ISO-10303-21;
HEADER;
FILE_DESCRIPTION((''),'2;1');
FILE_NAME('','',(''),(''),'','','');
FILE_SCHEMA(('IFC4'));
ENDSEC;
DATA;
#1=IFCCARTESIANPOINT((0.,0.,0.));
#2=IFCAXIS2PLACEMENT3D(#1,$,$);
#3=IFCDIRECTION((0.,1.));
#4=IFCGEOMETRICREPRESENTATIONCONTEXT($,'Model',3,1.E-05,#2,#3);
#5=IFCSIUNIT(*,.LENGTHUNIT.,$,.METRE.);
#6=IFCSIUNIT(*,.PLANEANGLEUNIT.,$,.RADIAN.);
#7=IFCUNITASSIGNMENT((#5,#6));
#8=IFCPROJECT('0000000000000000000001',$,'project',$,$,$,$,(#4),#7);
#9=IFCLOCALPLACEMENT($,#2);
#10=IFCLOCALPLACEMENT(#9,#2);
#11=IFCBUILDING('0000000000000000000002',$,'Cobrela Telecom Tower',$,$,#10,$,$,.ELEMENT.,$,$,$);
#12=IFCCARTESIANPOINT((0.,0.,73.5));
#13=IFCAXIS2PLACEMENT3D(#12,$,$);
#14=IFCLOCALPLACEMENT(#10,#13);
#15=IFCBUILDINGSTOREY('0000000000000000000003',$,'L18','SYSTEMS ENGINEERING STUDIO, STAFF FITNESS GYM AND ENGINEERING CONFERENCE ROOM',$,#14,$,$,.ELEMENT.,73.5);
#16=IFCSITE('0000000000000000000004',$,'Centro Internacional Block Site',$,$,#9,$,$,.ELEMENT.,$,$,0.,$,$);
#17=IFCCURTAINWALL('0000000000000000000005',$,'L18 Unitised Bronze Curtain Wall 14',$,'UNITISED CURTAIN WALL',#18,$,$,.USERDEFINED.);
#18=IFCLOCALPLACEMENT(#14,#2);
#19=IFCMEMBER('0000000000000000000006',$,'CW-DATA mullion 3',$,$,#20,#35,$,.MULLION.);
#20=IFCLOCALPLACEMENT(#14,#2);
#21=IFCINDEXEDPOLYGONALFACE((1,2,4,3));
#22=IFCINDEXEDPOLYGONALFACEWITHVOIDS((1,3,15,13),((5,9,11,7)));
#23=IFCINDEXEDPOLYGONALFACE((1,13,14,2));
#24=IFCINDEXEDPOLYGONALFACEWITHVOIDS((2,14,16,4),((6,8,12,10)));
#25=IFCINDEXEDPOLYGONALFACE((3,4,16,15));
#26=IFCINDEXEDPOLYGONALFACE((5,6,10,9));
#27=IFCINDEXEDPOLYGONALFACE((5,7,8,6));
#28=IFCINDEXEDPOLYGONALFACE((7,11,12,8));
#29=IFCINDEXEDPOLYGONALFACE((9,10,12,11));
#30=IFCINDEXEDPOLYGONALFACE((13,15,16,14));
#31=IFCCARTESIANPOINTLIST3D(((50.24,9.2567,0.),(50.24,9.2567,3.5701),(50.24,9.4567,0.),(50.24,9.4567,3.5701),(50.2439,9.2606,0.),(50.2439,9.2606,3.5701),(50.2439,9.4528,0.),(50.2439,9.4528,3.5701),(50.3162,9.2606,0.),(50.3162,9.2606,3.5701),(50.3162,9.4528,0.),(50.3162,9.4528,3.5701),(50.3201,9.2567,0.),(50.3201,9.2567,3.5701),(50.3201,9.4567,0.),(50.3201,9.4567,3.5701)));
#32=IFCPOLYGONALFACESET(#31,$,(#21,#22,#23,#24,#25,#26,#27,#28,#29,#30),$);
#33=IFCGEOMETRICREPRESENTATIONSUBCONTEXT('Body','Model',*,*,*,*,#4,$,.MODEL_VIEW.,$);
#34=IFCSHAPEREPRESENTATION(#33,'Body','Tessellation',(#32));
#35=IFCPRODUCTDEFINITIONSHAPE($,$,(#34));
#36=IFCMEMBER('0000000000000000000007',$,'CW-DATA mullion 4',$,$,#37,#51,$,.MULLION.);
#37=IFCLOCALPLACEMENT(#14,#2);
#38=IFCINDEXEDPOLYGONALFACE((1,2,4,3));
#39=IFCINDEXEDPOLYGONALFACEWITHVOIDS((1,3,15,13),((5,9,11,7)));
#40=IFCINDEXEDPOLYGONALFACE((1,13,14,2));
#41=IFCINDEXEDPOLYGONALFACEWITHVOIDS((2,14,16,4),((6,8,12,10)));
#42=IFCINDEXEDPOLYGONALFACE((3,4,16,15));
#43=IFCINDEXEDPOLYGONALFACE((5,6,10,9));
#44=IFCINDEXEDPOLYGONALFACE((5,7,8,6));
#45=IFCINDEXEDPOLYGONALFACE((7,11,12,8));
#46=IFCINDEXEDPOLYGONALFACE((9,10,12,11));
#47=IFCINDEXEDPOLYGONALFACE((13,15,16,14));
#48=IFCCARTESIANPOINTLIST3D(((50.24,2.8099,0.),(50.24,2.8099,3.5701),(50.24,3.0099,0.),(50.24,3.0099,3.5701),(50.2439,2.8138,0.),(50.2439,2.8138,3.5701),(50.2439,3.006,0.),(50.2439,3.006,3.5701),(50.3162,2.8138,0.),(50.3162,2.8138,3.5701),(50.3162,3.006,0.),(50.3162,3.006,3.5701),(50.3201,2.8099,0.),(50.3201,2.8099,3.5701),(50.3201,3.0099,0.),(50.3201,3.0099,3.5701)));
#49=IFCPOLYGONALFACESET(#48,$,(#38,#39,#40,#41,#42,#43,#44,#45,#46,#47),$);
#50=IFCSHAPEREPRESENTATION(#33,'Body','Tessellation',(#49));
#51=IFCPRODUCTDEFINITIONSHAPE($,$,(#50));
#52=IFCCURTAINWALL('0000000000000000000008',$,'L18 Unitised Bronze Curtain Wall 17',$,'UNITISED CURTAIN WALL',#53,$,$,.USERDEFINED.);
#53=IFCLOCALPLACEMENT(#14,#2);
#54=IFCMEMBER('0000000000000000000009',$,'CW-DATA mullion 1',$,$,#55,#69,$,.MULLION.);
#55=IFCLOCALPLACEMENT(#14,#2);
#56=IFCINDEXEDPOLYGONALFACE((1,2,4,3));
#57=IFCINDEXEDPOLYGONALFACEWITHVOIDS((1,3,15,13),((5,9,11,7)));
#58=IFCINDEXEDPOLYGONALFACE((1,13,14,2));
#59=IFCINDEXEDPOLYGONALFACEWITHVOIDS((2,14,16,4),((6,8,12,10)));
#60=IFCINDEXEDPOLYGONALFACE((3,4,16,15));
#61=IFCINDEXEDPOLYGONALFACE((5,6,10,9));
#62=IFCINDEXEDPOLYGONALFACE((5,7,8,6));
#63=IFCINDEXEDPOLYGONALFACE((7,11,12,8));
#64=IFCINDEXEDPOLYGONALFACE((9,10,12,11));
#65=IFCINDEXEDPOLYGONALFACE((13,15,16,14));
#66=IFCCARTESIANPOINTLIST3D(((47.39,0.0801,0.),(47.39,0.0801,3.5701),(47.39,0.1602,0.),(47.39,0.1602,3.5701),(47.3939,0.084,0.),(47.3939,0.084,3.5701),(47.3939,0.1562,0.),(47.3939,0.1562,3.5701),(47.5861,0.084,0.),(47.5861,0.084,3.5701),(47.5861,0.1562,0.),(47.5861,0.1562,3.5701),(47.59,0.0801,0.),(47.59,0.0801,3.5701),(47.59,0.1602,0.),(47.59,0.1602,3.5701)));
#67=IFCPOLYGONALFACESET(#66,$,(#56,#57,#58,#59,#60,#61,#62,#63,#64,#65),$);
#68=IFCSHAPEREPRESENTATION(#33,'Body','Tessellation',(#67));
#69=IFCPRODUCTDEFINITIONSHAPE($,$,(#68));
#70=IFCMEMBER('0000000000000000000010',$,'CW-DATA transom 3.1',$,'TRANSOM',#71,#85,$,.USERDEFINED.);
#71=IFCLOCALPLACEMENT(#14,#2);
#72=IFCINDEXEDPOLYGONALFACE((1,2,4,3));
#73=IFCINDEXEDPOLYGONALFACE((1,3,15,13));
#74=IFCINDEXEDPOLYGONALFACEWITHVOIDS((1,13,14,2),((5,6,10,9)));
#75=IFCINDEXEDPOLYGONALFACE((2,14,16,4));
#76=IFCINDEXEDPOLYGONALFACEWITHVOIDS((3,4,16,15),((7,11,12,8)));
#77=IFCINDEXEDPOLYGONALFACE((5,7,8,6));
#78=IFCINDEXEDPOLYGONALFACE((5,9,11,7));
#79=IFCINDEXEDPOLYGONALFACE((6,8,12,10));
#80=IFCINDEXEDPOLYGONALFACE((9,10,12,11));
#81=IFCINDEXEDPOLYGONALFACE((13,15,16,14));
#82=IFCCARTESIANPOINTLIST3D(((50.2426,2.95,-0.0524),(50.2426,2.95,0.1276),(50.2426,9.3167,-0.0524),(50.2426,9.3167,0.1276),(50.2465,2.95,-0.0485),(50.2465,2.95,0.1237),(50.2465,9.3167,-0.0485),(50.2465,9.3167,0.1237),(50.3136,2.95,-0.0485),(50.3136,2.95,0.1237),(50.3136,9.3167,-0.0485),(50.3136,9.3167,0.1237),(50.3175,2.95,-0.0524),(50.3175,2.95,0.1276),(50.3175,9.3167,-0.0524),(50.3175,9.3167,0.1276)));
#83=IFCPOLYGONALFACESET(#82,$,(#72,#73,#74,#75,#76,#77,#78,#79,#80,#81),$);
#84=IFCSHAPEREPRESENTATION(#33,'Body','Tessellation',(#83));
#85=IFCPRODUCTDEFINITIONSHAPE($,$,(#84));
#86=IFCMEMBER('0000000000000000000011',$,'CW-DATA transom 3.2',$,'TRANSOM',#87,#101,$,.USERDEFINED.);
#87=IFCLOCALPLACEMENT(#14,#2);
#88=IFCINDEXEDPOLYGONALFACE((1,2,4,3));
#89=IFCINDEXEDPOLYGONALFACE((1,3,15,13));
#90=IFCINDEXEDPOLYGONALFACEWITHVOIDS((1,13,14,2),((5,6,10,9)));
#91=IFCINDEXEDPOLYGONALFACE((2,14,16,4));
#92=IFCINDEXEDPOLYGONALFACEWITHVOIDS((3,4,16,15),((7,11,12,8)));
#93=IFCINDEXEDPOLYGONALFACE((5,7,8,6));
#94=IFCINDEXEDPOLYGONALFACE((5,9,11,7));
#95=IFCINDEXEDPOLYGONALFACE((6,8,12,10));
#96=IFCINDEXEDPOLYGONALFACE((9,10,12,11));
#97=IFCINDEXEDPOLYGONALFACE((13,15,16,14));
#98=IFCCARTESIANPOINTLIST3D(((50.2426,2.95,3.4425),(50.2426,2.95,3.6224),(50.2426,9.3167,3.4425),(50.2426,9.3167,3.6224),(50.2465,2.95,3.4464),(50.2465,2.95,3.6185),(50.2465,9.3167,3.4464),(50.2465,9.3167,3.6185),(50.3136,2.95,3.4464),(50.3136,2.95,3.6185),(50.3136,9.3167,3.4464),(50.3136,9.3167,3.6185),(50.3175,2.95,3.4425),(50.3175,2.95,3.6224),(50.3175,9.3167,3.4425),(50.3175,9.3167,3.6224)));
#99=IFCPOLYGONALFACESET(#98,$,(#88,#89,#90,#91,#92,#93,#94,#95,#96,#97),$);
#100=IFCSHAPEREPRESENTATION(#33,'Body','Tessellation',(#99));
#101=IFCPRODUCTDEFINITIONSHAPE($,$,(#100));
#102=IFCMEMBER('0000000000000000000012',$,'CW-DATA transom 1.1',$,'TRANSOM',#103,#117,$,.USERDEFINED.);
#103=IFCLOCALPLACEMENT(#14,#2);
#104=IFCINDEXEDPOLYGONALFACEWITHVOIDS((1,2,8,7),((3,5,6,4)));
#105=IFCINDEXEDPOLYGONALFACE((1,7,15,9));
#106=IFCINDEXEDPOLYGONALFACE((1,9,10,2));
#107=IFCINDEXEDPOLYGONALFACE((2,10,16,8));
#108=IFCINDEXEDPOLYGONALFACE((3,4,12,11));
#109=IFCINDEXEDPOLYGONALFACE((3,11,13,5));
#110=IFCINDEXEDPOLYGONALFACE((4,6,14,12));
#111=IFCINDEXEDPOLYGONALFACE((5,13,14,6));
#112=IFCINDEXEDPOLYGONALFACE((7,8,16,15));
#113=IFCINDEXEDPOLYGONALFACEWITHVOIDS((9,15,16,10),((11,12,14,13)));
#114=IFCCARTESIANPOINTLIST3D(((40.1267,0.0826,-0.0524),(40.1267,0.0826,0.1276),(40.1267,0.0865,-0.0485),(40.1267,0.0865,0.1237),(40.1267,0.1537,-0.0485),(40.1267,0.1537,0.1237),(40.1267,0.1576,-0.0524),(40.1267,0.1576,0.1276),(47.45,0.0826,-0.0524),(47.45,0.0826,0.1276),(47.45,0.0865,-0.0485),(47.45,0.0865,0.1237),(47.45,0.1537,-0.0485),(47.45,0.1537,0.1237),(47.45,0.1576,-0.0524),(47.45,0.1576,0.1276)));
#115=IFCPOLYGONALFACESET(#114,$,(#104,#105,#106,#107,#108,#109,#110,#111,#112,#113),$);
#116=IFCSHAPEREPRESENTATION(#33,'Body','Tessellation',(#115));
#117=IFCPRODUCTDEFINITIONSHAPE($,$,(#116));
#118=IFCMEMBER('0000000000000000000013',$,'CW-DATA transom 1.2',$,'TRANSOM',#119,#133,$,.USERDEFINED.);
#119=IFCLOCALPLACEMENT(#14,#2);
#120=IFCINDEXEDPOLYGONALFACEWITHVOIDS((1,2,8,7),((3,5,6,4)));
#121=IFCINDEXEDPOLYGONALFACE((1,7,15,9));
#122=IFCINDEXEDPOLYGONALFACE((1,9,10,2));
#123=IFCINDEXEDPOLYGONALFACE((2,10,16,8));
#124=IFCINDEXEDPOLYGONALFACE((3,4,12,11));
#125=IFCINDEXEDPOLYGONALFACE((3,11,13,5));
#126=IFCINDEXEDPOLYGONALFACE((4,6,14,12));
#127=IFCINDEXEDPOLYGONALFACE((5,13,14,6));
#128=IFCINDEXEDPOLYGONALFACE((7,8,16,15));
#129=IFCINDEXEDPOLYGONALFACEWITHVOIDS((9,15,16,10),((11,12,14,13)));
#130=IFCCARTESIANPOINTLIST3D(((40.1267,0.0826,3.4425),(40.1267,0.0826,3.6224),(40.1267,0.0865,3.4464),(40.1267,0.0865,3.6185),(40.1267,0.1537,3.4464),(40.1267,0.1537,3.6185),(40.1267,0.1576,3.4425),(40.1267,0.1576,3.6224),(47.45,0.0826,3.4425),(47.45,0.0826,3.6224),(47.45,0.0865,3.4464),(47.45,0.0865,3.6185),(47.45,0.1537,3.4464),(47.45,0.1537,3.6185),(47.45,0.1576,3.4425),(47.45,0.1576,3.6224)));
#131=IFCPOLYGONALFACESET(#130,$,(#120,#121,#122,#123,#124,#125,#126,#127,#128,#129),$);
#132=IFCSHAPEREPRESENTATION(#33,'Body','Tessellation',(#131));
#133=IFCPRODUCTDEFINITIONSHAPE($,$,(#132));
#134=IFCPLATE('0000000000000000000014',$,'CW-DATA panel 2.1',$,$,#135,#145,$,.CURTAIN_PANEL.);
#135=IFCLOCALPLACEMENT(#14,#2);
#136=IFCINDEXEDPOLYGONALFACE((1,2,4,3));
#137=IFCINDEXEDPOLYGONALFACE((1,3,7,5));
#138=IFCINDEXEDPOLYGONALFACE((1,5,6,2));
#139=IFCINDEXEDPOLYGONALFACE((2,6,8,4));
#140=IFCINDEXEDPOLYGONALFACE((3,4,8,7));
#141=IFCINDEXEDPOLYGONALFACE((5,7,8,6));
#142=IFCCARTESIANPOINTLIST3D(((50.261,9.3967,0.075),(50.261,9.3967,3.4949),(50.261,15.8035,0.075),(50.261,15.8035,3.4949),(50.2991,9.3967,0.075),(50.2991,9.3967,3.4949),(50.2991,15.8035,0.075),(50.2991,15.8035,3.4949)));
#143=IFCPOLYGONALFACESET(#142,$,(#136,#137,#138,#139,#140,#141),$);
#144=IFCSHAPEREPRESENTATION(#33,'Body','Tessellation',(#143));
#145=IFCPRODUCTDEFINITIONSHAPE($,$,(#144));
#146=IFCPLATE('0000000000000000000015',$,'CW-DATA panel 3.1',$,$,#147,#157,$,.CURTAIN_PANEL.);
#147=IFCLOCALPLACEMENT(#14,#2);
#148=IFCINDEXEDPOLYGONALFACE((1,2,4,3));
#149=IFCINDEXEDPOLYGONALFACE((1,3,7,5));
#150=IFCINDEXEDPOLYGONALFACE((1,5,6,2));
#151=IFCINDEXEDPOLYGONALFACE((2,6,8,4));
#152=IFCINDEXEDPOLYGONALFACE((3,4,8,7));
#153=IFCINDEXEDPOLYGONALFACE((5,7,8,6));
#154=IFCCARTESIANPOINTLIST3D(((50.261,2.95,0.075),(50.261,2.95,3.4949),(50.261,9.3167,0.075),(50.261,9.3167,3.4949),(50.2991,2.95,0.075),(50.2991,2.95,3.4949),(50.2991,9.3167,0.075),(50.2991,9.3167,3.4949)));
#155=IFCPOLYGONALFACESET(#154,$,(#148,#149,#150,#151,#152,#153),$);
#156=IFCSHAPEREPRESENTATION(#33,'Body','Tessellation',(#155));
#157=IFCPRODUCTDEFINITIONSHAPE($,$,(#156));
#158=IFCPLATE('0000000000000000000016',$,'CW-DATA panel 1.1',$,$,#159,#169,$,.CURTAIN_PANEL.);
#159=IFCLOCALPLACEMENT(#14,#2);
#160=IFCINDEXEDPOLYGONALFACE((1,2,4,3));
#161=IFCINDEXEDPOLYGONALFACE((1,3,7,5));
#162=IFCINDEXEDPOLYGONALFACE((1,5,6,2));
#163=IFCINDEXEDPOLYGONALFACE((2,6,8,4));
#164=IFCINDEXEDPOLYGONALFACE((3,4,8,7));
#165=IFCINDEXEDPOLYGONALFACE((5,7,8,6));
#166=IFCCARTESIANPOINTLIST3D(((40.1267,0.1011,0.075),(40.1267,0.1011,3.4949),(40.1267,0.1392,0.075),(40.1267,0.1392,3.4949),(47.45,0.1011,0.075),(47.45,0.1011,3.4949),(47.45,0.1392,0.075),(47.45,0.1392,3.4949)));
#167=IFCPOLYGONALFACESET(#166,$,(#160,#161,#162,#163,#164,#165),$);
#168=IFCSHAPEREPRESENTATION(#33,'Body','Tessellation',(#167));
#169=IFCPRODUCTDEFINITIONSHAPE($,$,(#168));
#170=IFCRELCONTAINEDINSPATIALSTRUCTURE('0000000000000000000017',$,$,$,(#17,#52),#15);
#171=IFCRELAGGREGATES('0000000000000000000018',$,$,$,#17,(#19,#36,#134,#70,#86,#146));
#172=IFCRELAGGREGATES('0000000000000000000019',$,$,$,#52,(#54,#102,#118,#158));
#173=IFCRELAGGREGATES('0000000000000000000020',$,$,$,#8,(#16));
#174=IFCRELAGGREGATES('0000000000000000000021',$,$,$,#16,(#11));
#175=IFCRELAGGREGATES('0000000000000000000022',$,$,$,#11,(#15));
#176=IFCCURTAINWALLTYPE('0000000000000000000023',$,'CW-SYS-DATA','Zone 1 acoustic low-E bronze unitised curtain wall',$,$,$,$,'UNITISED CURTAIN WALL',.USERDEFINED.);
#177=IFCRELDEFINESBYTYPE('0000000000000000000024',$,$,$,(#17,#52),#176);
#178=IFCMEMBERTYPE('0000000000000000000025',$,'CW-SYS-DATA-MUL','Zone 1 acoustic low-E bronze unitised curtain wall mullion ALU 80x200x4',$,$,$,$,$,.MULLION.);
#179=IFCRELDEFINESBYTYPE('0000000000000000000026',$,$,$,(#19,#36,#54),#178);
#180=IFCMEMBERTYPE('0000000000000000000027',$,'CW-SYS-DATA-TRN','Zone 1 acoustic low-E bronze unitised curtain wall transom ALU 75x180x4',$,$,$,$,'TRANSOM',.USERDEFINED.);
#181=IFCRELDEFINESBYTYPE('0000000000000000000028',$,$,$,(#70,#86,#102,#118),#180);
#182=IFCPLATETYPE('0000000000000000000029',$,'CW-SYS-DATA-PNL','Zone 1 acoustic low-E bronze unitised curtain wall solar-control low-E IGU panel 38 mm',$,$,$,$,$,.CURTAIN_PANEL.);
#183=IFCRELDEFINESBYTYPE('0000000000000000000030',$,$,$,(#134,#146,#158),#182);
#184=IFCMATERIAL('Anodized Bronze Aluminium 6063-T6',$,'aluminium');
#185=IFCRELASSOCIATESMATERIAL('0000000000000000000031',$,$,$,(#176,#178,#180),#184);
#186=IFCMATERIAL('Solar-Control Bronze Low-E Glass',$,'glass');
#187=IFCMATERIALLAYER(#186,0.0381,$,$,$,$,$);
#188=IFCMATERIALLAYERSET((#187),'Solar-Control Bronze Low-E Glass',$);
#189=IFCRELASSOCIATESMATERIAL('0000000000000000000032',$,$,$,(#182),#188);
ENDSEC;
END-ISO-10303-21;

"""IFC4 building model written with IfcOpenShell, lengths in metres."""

from ifc_helpers import new_model, si_unit, direction, frame, origin, origin_2d, place, context, subcontext, project, spatial, rectangle, hollow_rectangle, extrude, material, layer, layer_set, material_profile, profile_set, type_object, element, aggregate, save


model = new_model("IFC4")

# Units and contexts
model_context = context("Model", 3, precision=1e-05, world=origin(), true_north=direction((0.0, 1.0)))
body_context = subcontext(model_context, "Body", "Model", "MODEL_VIEW")
ifc_project = project(units=[si_unit("LENGTHUNIT", "METRE"), si_unit("PLANEANGLEUNIT", "RADIAN")], contexts=[model_context])

# Site, building, storey
site_placement = place(None, origin())
site = spatial("IfcSite", under=ifc_project, at=site_placement, Name="Centro Internacional Block Site", CompositionType="ELEMENT", RefElevation=0.0)
building_placement = place(site_placement, origin())
building = spatial("IfcBuilding", under=site, at=building_placement, Name="Cobrela Telecom Tower", CompositionType="ELEMENT")
storey_placement = place(building_placement, frame((0.0, 0.0, 73.5)))
storey = spatial("IfcBuildingStorey", under=building, at=storey_placement, Name="L18", Description="SYSTEMS ENGINEERING STUDIO, STAFF FITNESS GYM AND ENGINEERING CONFERENCE ROOM", CompositionType="ELEMENT", Elevation=73.5)

# Curtain wall, members
ifc_material_1 = material(Name="Anodized Bronze Aluminium 6063-T6", Category="aluminium")
curtain_wall_type = type_object("IfcCurtainWallType", Name="CW-SYS-DATA", Description="Zone 1 acoustic low-E bronze unitised curtain wall", ElementType="UNITISED CURTAIN WALL", PredefinedType="USERDEFINED", material=ifc_material_1)
curtain_wall_1_placement = place(storey_placement, origin())
curtain_wall_1 = element("IfcCurtainWall", 1, at=curtain_wall_1_placement, inside=storey, type_object=curtain_wall_type, Name="L18 Unitised Bronze Curtain Wall 14", ObjectType="UNITISED CURTAIN WALL", PredefinedType="USERDEFINED")
ifc_material_profile_1 = material_profile(ifc_material_1, hollow_rectangle(XDim=0.0801, YDim=0.2, WallThickness=0.0039, at=origin_2d()), Name="ALU 80x200x4")
ifc_profile_set_1 = profile_set([ifc_material_profile_1], Name="Anodized Bronze Aluminium 6063-T6")
member_type_1 = type_object("IfcMemberType", Name="CW-SYS-DATA-MUL", Description="Zone 1 acoustic low-E bronze unitised curtain wall mullion ALU 80x200x4", PredefinedType="MULLION", material=ifc_profile_set_1)
member_1_placement = place(storey_placement, frame((50.28, 9.3567, 0.0), z_axis=(0.0, 0.0, 1.0), x_axis=(1.0, 0.0, 0.0)))
member_1 = element("IfcMember", 2, at=member_1_placement, type_object=member_type_1, Name="CW-DATA mullion 3", PredefinedType="MULLION", context=body_context, shape_type="SweptSolid", body=[
    extrude(hollow_rectangle(XDim=0.0801, YDim=0.2, WallThickness=0.0039, at=origin_2d()), origin(), (0.0, 0.0, 1.0), 3.5701),
])
member_2_placement = place(storey_placement, frame((50.28, 2.9099, 0.0), z_axis=(0.0, 0.0, 1.0), x_axis=(1.0, 0.0, 0.0)))
member_2 = element("IfcMember", 3, at=member_2_placement, type_object=member_type_1, Name="CW-DATA mullion 4", PredefinedType="MULLION", context=body_context, shape_type="SweptSolid", body=[
    extrude(hollow_rectangle(XDim=0.0801, YDim=0.2, WallThickness=0.0039, at=origin_2d()), origin(), (0.0, 0.0, 1.0), 3.5701),
])

# Curtain wall, member
curtain_wall_2_placement = place(storey_placement, origin())
curtain_wall_2 = element("IfcCurtainWall", 4, at=curtain_wall_2_placement, inside=storey, type_object=curtain_wall_type, Name="L18 Unitised Bronze Curtain Wall 17", ObjectType="UNITISED CURTAIN WALL", PredefinedType="USERDEFINED")
member_3_placement = place(storey_placement, frame((47.49, 0.1201, 0.0), z_axis=(0.0, 0.0, 1.0), x_axis=(0.0, -1.0, 0.0)))
member_3 = element("IfcMember", 5, at=member_3_placement, type_object=member_type_1, Name="CW-DATA mullion 1", PredefinedType="MULLION", context=body_context, shape_type="SweptSolid", body=[
    extrude(hollow_rectangle(XDim=0.0801, YDim=0.2, WallThickness=0.0039, at=origin_2d()), origin(), (0.0, 0.0, 1.0), 3.5701),
])

# Members
ifc_material_profile_2 = material_profile(ifc_material_1, hollow_rectangle(XDim=0.075, YDim=0.1799, WallThickness=0.0039, at=origin_2d()), Name="ALU 75x180x4")
ifc_profile_set_2 = profile_set([ifc_material_profile_2], Name="Anodized Bronze Aluminium 6063-T6")
member_type_2 = type_object("IfcMemberType", Name="CW-SYS-DATA-TRN", Description="Zone 1 acoustic low-E bronze unitised curtain wall transom ALU 75x180x4", ElementType="TRANSOM", PredefinedType="USERDEFINED", material=ifc_profile_set_2)
member_4_placement = place(storey_placement, frame((50.28, 9.3167, 0.0376), z_axis=(0.0, -1.0, 0.0), x_axis=(1.0, 0.0, 0.0)))
member_4 = element("IfcMember", 6, at=member_4_placement, type_object=member_type_2, Name="CW-DATA transom 3.1", ObjectType="TRANSOM", PredefinedType="USERDEFINED", context=body_context, shape_type="SweptSolid", body=[
    extrude(hollow_rectangle(XDim=0.075, YDim=0.1799, WallThickness=0.0039, at=origin_2d()), origin(), (0.0, 0.0, 1.0), 6.3667),
])
member_5_placement = place(storey_placement, frame((50.28, 9.3167, 3.5325), z_axis=(0.0, -1.0, 0.0), x_axis=(1.0, 0.0, 0.0)))
member_5 = element("IfcMember", 7, at=member_5_placement, type_object=member_type_2, Name="CW-DATA transom 3.2", ObjectType="TRANSOM", PredefinedType="USERDEFINED", context=body_context, shape_type="SweptSolid", body=[
    extrude(hollow_rectangle(XDim=0.075, YDim=0.1799, WallThickness=0.0039, at=origin_2d()), origin(), (0.0, 0.0, 1.0), 6.3667),
])
member_6_placement = place(storey_placement, frame((47.45, 0.1201, 0.0376), z_axis=(-1.0, 0.0, 0.0), x_axis=(0.0, -1.0, 0.0)))
member_6 = element("IfcMember", 8, at=member_6_placement, type_object=member_type_2, Name="CW-DATA transom 1.1", ObjectType="TRANSOM", PredefinedType="USERDEFINED", context=body_context, shape_type="SweptSolid", body=[
    extrude(hollow_rectangle(XDim=0.075, YDim=0.1799, WallThickness=0.0039, at=origin_2d()), origin(), (0.0, 0.0, 1.0), 7.3232),
])
member_7_placement = place(storey_placement, frame((47.45, 0.1201, 3.5325), z_axis=(-1.0, 0.0, 0.0), x_axis=(0.0, -1.0, 0.0)))
member_7 = element("IfcMember", 9, at=member_7_placement, type_object=member_type_2, Name="CW-DATA transom 1.2", ObjectType="TRANSOM", PredefinedType="USERDEFINED", context=body_context, shape_type="SweptSolid", body=[
    extrude(hollow_rectangle(XDim=0.075, YDim=0.1799, WallThickness=0.0039, at=origin_2d()), origin(), (0.0, 0.0, 1.0), 7.3232),
])

# Plates
ifc_material_2 = material(Name="Solar-Control Bronze Low-E Glass", Category="glass")
ifc_layer_1 = layer(ifc_material_2, 0.0381)
ifc_layer_set_1 = layer_set([ifc_layer_1], Name="Solar-Control Bronze Low-E Glass")
plate_type = type_object("IfcPlateType", Name="CW-SYS-DATA-PNL", Description="Zone 1 acoustic low-E bronze unitised curtain wall solar-control low-E IGU panel 38 mm", PredefinedType="CURTAIN_PANEL", material=ifc_layer_set_1)
plate_1_placement = place(storey_placement, frame((50.28, 12.6001, 0.075), z_axis=(0.0, 0.0, 1.0), x_axis=(0.0, -1.0, 0.0)))
plate_1 = element("IfcPlate", 10, at=plate_1_placement, type_object=plate_type, Name="CW-DATA panel 2.1", PredefinedType="CURTAIN_PANEL", context=body_context, shape_type="SweptSolid", body=[
    extrude(rectangle(XDim=6.4067, YDim=0.0381, at=origin_2d()), origin(), (0.0, 0.0, 1.0), 3.4199),
])
plate_2_placement = place(storey_placement, frame((50.28, 6.1333, 0.075), z_axis=(0.0, 0.0, 1.0), x_axis=(0.0, -1.0, 0.0)))
plate_2 = element("IfcPlate", 11, at=plate_2_placement, type_object=plate_type, Name="CW-DATA panel 3.1", PredefinedType="CURTAIN_PANEL", context=body_context, shape_type="SweptSolid", body=[
    extrude(rectangle(XDim=6.3667, YDim=0.0381, at=origin_2d()), origin(), (0.0, 0.0, 1.0), 3.4199),
])
aggregate(curtain_wall_1, [member_1, member_2, plate_1, member_4, member_5, plate_2])
plate_3_placement = place(storey_placement, frame((43.7883, 0.1201, 0.075), z_axis=(0.0, 0.0, 1.0), x_axis=(-1.0, 0.0, 0.0)))
plate_3 = element("IfcPlate", 12, at=plate_3_placement, type_object=plate_type, Name="CW-DATA panel 1.1", PredefinedType="CURTAIN_PANEL", context=body_context, shape_type="SweptSolid", body=[
    extrude(rectangle(XDim=7.3232, YDim=0.0381, at=origin_2d()), origin(), (0.0, 0.0, 1.0), 3.4199),
])
aggregate(curtain_wall_2, [member_3, member_6, member_7, plate_3])

save(model, "model.ifc")
